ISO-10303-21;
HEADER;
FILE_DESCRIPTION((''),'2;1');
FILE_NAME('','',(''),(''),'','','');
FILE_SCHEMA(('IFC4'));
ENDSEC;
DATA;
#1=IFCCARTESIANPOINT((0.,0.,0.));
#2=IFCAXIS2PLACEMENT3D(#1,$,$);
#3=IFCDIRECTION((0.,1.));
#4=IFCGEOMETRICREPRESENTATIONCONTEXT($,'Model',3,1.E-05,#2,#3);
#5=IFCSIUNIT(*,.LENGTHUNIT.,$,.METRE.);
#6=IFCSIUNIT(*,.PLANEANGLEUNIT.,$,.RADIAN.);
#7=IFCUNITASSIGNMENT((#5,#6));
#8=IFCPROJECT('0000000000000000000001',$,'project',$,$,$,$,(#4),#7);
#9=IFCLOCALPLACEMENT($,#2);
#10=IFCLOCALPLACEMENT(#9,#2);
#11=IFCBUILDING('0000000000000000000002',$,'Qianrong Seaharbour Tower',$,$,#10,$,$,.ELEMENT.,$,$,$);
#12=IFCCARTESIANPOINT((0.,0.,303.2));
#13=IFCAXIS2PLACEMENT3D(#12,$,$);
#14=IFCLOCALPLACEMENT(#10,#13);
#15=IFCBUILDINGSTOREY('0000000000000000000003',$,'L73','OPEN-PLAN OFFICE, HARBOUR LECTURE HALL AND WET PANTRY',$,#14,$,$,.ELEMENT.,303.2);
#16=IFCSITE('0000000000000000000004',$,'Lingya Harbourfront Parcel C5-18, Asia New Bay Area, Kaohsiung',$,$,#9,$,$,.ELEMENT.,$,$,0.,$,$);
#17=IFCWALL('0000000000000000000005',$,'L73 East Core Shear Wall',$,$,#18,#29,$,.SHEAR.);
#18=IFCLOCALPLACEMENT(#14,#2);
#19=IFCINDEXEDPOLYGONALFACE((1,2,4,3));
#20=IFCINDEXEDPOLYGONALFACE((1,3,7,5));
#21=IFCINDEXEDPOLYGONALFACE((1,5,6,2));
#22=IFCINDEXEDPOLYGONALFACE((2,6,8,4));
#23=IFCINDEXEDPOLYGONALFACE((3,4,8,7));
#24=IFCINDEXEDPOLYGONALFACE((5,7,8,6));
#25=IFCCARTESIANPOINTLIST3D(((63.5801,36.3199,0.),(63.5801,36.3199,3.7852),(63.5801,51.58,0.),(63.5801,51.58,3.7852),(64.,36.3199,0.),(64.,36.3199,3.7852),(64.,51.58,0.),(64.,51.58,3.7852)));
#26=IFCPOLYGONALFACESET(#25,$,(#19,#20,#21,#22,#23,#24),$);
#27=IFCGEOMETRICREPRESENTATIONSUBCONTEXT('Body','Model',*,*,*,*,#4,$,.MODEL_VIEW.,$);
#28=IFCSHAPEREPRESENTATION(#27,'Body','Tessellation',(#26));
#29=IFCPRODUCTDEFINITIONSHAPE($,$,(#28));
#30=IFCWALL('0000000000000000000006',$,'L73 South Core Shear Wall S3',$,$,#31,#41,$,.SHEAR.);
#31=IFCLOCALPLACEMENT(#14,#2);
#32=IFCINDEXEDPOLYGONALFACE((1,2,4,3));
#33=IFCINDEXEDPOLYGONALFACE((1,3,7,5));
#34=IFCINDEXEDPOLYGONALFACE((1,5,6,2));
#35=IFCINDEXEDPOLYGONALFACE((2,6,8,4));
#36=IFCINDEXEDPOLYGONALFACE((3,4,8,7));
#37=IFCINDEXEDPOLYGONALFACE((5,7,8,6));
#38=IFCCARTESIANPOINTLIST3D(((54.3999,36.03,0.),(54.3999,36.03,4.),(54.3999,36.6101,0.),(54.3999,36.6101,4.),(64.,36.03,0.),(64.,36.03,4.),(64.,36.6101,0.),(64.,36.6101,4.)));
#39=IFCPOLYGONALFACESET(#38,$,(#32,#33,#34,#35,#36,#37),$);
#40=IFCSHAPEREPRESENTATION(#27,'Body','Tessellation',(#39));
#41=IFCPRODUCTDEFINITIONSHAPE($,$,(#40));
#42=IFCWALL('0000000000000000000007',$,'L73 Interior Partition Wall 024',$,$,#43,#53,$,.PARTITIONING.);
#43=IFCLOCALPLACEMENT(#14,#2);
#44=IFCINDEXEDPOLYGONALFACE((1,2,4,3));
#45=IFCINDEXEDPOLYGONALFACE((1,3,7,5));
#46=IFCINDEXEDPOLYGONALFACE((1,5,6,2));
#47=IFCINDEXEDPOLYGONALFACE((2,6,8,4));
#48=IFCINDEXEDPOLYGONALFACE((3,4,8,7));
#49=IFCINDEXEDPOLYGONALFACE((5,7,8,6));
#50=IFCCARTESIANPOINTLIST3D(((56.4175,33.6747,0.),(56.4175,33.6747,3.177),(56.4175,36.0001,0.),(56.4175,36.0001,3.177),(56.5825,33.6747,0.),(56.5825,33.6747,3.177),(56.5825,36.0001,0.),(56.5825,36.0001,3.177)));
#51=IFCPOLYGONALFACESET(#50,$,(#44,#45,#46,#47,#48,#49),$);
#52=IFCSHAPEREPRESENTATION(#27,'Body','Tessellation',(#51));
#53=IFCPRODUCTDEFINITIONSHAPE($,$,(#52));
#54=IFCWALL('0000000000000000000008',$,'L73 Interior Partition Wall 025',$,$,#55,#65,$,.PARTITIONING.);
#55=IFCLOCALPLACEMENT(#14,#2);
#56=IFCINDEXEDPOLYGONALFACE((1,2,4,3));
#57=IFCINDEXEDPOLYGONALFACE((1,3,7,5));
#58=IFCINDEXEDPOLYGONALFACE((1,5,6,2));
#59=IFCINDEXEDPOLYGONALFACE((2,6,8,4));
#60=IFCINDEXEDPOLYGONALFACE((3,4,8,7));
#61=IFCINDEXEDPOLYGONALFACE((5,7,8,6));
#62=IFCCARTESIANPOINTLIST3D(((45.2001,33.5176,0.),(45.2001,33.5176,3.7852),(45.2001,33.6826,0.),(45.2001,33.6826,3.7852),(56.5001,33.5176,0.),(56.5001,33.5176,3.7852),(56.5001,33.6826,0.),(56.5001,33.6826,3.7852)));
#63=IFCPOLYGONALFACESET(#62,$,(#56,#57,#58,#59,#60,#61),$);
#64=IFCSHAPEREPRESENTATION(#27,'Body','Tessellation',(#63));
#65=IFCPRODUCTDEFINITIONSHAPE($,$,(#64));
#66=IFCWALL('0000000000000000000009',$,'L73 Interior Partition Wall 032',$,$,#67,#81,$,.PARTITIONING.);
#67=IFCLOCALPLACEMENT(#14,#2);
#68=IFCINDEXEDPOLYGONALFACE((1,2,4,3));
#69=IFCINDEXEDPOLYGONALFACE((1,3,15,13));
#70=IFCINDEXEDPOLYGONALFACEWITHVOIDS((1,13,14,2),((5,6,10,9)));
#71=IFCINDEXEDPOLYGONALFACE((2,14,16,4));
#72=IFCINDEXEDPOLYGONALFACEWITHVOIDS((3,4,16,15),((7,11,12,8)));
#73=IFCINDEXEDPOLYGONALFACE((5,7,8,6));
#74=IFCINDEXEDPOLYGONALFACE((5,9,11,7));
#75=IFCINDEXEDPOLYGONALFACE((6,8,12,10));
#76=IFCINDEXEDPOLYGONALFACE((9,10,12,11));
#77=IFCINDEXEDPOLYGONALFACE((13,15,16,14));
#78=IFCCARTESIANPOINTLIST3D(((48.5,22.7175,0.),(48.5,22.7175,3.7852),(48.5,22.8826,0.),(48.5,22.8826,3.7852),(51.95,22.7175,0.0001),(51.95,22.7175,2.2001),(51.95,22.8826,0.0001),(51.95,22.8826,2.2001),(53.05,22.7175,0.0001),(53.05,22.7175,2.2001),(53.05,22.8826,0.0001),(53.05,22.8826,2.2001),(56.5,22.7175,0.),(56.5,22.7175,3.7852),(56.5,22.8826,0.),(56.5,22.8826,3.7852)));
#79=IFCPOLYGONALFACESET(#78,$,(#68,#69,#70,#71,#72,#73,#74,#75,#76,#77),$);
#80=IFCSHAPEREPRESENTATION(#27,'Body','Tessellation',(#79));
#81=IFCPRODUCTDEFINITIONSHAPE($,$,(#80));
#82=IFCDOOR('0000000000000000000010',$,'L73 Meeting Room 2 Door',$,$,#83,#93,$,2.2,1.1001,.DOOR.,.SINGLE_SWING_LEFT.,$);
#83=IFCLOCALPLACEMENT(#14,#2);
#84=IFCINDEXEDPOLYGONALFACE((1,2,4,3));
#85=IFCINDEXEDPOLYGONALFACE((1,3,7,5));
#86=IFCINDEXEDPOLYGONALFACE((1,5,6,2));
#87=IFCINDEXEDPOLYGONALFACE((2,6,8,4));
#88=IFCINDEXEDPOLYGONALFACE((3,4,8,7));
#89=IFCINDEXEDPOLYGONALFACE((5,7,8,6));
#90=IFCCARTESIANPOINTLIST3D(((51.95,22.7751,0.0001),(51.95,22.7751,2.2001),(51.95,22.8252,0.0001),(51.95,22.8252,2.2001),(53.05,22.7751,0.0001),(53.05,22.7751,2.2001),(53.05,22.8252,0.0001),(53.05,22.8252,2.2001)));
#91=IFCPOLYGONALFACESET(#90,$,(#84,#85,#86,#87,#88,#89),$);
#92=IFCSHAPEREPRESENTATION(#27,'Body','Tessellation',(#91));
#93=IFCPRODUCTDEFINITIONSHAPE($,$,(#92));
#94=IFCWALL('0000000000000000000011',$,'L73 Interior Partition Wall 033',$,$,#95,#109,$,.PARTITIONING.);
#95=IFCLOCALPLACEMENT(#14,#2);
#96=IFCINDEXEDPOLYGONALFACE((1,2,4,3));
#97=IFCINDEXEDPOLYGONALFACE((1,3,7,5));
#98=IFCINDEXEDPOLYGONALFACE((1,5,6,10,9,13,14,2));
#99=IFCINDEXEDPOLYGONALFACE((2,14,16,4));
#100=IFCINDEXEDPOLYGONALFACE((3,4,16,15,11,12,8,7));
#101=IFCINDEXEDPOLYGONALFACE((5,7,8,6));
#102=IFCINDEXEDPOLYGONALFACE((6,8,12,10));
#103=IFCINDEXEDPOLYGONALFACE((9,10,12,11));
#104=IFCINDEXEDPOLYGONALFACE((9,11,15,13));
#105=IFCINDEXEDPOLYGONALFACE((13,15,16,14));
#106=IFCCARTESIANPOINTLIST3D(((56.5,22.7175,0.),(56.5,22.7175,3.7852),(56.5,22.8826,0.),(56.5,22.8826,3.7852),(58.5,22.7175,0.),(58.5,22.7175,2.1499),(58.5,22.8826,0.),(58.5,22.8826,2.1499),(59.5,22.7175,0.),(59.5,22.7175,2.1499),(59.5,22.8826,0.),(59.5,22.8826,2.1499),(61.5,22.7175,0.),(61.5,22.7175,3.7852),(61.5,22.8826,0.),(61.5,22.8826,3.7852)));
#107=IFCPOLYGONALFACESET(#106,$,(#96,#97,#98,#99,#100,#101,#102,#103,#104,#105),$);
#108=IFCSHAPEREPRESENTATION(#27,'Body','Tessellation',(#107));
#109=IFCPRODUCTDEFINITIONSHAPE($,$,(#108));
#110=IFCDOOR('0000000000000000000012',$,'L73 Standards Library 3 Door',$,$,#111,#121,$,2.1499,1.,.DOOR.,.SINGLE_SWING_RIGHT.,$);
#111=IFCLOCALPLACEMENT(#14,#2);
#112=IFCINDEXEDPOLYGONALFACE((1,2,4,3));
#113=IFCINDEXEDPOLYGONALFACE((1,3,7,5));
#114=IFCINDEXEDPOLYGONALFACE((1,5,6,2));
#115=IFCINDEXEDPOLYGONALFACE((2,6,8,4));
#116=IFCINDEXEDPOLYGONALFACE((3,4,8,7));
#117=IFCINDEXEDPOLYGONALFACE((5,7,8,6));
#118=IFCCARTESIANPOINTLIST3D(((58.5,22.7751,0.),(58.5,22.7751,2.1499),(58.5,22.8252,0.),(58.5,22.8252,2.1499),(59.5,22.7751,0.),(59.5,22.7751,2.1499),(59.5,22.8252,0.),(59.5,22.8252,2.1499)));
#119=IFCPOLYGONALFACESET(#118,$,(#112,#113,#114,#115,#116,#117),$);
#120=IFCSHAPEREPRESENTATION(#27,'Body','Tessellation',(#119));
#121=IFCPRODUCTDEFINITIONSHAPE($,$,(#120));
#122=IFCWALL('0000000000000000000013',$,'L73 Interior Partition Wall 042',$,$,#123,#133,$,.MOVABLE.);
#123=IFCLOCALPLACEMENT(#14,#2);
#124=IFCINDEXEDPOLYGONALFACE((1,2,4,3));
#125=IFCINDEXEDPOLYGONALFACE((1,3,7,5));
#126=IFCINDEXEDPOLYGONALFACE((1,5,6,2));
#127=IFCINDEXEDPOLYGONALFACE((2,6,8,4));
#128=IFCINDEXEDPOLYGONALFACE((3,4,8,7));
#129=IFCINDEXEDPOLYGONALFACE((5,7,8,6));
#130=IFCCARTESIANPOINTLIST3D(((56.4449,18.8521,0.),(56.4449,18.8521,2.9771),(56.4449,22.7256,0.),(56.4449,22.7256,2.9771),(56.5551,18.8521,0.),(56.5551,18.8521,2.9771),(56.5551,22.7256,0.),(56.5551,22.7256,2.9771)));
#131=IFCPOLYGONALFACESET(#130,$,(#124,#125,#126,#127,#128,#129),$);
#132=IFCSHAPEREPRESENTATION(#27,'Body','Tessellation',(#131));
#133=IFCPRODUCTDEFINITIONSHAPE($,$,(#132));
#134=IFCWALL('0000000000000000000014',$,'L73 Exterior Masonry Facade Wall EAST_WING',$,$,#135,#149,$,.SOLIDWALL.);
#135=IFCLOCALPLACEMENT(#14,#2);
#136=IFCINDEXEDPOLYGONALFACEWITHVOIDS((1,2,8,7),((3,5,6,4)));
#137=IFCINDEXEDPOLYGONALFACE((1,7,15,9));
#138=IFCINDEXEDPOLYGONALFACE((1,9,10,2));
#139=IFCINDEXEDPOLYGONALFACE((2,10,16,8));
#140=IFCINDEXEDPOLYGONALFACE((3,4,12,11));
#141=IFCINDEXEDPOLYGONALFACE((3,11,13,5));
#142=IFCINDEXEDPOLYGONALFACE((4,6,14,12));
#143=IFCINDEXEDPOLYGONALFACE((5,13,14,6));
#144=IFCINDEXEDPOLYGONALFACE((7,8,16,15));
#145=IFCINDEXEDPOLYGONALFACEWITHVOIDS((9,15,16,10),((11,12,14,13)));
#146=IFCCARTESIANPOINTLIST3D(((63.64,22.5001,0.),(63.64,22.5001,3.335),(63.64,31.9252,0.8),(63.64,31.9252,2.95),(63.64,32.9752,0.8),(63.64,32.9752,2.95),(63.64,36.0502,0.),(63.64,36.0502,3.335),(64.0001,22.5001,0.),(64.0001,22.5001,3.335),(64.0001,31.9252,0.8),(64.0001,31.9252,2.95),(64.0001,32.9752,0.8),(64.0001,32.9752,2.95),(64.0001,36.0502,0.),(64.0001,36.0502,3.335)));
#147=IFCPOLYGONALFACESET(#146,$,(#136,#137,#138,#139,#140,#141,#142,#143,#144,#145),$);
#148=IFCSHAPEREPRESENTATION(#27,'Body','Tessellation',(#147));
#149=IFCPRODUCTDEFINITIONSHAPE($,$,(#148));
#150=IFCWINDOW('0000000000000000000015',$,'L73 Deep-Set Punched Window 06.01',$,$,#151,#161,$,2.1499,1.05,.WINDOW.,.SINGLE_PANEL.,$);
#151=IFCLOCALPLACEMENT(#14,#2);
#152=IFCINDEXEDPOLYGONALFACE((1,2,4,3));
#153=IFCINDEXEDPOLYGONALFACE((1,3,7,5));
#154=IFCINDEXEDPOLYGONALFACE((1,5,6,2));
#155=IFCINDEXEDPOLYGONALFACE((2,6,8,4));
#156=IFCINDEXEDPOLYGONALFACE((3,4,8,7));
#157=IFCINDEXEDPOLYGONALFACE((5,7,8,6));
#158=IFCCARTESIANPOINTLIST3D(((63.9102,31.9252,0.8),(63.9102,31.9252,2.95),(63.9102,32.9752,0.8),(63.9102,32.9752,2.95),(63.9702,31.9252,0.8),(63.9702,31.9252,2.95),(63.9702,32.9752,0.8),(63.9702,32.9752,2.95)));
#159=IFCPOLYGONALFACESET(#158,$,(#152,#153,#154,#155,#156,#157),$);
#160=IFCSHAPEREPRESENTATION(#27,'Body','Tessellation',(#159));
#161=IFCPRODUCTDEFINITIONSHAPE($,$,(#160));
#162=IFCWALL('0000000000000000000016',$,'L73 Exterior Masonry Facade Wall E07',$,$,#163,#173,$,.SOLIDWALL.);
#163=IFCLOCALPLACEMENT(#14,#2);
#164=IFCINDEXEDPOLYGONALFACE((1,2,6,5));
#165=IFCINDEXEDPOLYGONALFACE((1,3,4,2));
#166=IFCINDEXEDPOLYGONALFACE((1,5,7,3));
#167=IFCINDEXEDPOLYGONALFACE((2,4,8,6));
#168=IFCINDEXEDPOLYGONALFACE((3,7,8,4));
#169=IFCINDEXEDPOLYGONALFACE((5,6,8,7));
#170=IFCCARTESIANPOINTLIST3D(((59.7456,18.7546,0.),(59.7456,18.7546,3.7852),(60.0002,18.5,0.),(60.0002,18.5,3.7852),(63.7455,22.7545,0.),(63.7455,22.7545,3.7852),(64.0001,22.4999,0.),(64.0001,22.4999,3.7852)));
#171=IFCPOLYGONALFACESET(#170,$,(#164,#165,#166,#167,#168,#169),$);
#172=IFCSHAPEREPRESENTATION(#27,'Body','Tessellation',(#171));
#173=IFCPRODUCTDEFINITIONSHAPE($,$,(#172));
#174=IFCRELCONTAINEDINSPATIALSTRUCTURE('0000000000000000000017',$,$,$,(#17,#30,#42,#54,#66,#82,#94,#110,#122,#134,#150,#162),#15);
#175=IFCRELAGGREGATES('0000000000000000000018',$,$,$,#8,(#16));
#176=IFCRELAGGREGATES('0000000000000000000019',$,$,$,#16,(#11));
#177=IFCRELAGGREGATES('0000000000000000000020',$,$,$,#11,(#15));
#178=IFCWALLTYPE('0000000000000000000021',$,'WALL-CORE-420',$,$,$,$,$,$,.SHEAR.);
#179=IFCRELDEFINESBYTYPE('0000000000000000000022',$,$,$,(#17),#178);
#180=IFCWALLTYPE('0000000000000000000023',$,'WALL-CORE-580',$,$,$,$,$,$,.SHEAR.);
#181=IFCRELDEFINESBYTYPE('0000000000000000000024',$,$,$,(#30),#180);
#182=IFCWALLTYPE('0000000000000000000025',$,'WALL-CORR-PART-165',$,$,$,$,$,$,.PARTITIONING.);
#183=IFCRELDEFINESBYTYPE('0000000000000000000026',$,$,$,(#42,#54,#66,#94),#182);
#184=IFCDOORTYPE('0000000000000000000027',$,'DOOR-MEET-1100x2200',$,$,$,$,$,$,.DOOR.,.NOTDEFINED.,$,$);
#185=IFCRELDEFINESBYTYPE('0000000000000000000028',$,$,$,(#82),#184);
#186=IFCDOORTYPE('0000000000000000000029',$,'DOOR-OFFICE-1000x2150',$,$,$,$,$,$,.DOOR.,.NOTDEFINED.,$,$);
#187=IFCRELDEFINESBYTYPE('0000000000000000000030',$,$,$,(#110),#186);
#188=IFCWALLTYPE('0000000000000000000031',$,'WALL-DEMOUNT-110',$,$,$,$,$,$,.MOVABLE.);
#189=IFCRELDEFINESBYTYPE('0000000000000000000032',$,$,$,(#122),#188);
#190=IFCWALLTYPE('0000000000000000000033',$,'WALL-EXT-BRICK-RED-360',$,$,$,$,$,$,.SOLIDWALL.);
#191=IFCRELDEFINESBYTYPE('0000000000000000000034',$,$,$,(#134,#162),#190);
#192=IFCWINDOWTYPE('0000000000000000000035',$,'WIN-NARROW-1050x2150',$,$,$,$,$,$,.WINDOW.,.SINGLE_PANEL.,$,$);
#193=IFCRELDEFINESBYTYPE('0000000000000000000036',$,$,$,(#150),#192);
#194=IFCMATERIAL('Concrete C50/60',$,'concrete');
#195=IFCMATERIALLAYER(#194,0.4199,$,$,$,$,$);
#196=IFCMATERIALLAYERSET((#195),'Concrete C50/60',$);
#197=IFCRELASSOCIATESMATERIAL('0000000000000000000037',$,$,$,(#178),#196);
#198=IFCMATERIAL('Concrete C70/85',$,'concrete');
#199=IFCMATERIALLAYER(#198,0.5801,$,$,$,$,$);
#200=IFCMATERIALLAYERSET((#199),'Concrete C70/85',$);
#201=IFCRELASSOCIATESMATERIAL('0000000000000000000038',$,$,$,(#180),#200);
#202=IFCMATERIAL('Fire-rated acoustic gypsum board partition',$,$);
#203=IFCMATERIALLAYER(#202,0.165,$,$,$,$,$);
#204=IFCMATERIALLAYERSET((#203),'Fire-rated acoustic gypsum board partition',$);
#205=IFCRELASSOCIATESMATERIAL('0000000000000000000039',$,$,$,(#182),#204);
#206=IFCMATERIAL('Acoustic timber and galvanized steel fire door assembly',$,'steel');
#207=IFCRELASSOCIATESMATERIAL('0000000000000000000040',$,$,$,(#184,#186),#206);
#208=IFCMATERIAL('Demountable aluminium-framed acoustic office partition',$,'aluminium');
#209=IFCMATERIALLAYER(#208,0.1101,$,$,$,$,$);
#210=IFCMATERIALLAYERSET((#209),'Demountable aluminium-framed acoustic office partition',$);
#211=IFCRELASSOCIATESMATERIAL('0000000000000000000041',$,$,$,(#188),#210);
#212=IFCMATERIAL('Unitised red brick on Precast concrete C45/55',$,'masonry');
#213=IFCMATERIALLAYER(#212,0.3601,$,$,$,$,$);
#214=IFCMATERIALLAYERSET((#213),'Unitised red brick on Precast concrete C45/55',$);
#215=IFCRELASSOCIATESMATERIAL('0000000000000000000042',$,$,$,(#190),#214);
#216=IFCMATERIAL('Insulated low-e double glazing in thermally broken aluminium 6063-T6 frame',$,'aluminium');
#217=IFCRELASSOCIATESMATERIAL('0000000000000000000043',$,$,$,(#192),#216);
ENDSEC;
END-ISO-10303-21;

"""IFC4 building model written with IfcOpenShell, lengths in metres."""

from ifc_helpers import new_model, si_unit, direction, frame, frame_2d, origin, place, context, subcontext, project, spatial, rectangle, extrude, material, layer, layer_set, type_object, element, fill, save


model = new_model("IFC4")

# Units and contexts
model_context = context("Model", 3, precision=1e-05, world=origin(), true_north=direction((0.0, 1.0)))
body_context = subcontext(model_context, "Body", "Model", "MODEL_VIEW")
ifc_project = project(units=[si_unit("LENGTHUNIT", "METRE"), si_unit("PLANEANGLEUNIT", "RADIAN")], contexts=[model_context])

# Site, building, storey
site_placement = place(None, origin())
site = spatial("IfcSite", under=ifc_project, at=site_placement, Name="Lingya Harbourfront Parcel C5-18, Asia New Bay Area, Kaohsiung", CompositionType="ELEMENT", RefElevation=0.0)
building_placement = place(site_placement, origin())
building = spatial("IfcBuilding", under=site, at=building_placement, Name="Qianrong Seaharbour Tower", CompositionType="ELEMENT")
storey_placement = place(building_placement, frame((0.0, 0.0, 303.2)))
storey = spatial("IfcBuildingStorey", under=building, at=storey_placement, Name="L73", Description="OPEN-PLAN OFFICE, HARBOUR LECTURE HALL AND WET PANTRY", CompositionType="ELEMENT", Elevation=303.2)

# Shared definitions
ifc_material_1 = material(Name="Concrete C50/60", Category="concrete")

# Walls
ifc_layer_1 = layer(ifc_material_1, 0.4199)
ifc_layer_set_1 = layer_set([ifc_layer_1], Name="Concrete C50/60")
wall_type_1 = type_object("IfcWallType", Name="WALL-CORE-420", PredefinedType="SHEAR", material=ifc_layer_set_1)
wall_1_placement = place(storey_placement, frame((63.79, 36.3201, 0.0), z_axis=(0.0, 0.0, 1.0), x_axis=(0.0, 1.0, 0.0)))
element("IfcWall", 1, at=wall_1_placement, inside=storey, type_object=wall_type_1, Name="L73 East Core Shear Wall", PredefinedType="SHEAR", context=body_context, shape_type="SweptSolid", body=[
    extrude(rectangle(XDim=15.26, YDim=0.4199, at=frame_2d((7.6299, 0.0))), origin(), (0.0, 0.0, 1.0), 3.7852),
])
ifc_material_2 = material(Name="Concrete C70/85", Category="concrete")
ifc_layer_2 = layer(ifc_material_2, 0.5801)
ifc_layer_set_2 = layer_set([ifc_layer_2], Name="Concrete C70/85")
wall_type_2 = type_object("IfcWallType", Name="WALL-CORE-580", PredefinedType="SHEAR", material=ifc_layer_set_2)
wall_2_placement = place(storey_placement, frame((54.3999, 36.3201, 0.0), z_axis=(0.0, 0.0, 1.0), x_axis=(1.0, 0.0, 0.0)))
element("IfcWall", 2, at=wall_2_placement, inside=storey, type_object=wall_type_2, Name="L73 South Core Shear Wall S3", PredefinedType="SHEAR", context=body_context, shape_type="SweptSolid", body=[
    extrude(rectangle(XDim=9.6001, YDim=0.5801, at=frame_2d((4.8, 0.0))), origin(), (0.0, 0.0, 1.0), 4.0),
])
ifc_material_3 = material(Name="Fire-rated acoustic gypsum board partition")
ifc_layer_3 = layer(ifc_material_3, 0.165)
ifc_layer_set_3 = layer_set([ifc_layer_3], Name="Fire-rated acoustic gypsum board partition")
wall_type_3 = type_object("IfcWallType", Name="WALL-CORR-PART-165", PredefinedType="PARTITIONING", material=ifc_layer_set_3)
wall_3_placement = place(storey_placement, frame((56.5, 36.0, 0.0), z_axis=(0.0, 0.0, 1.0), x_axis=(0.0, -1.0, 0.0)))
element("IfcWall", 3, at=wall_3_placement, inside=storey, type_object=wall_type_3, Name="L73 Interior Partition Wall 024", PredefinedType="PARTITIONING", context=body_context, shape_type="SweptSolid", body=[
    extrude(rectangle(XDim=2.3254, YDim=0.165, at=frame_2d((1.1626, 0.0))), origin(), (0.0, 0.0, 1.0), 3.177),
])
wall_4_placement = place(storey_placement, frame((56.5, 33.6001, 0.0), z_axis=(0.0, 0.0, 1.0), x_axis=(-1.0, 0.0, 0.0)))
element("IfcWall", 4, at=wall_4_placement, inside=storey, type_object=wall_type_3, Name="L73 Interior Partition Wall 025", PredefinedType="PARTITIONING", context=body_context, shape_type="SweptSolid", body=[
    extrude(rectangle(XDim=11.3, YDim=0.165, at=frame_2d((5.6499, 0.0))), origin(), (0.0, 0.0, 1.0), 3.7852),
])

# Walls, openings, doors
wall_5_placement = place(storey_placement, frame((56.5, 22.8, 0.0), z_axis=(0.0, 0.0, 1.0), x_axis=(-1.0, 0.0, 0.0)))
wall_5 = element("IfcWall", 5, at=wall_5_placement, inside=storey, type_object=wall_type_3, Name="L73 Interior Partition Wall 032", PredefinedType="PARTITIONING", context=body_context, shape_type="SweptSolid", body=[
    extrude(rectangle(XDim=8.0, YDim=0.165, at=frame_2d((4.0, 0.0))), origin(), (0.0, 0.0, 1.0), 3.7852),
])
opening_1_placement = place(wall_5_placement, frame((3.45, 0.0, 0.0)))
opening_1 = element("IfcOpeningElement", 6, at=opening_1_placement, cuts=wall_5, PredefinedType="OPENING", context=body_context, shape_type="SweptSolid", body=[
    extrude(rectangle(XDim=1.1001, YDim=2.2, at=frame_2d((0.55, 1.1001))), frame((0.0, 0.0925, 0.0), z_axis=(0.0, -1.0, 0.0), x_axis=(1.0, 0.0, 0.0)), (0.0, 0.0, 1.0), 0.1851),
])
ifc_material_4 = material(Name="Acoustic timber and galvanized steel fire door assembly", Category="steel")
door_type_1 = type_object("IfcDoorType", Name="DOOR-MEET-1100x2200", OperationType="NOTDEFINED", PredefinedType="DOOR", material=ifc_material_4)
door_1_placement = place(opening_1_placement, origin())
door_1 = element("IfcDoor", 7, at=door_1_placement, inside=storey, type_object=door_type_1, Name="L73 Meeting Room 2 Door", OperationType="SINGLE_SWING_LEFT", OverallHeight=2.2, OverallWidth=1.1001, PredefinedType="DOOR", context=body_context, shape_type="SweptSolid", body=[
    extrude(rectangle(XDim=1.1001, YDim=2.2, at=frame_2d((0.55, 1.1001))), frame((0.0, 0.0249, 0.0), z_axis=(0.0, -1.0, 0.0), x_axis=(1.0, 0.0, 0.0)), (0.0, 0.0, 1.0), 0.05),
])
fill(opening_1, door_1)
wall_6_placement = place(storey_placement, frame((61.5, 22.8, 0.0), z_axis=(0.0, 0.0, 1.0), x_axis=(-1.0, 0.0, 0.0)))
wall_6 = element("IfcWall", 8, at=wall_6_placement, inside=storey, type_object=wall_type_3, Name="L73 Interior Partition Wall 033", PredefinedType="PARTITIONING", context=body_context, shape_type="SweptSolid", body=[
    extrude(rectangle(XDim=5.0, YDim=0.165, at=frame_2d((2.5, 0.0))), origin(), (0.0, 0.0, 1.0), 3.7852),
])
opening_2_placement = place(wall_6_placement, frame((2.0, 0.0, 0.0)))
opening_2 = element("IfcOpeningElement", 9, at=opening_2_placement, cuts=wall_6, PredefinedType="OPENING", context=body_context, shape_type="SweptSolid", body=[
    extrude(rectangle(XDim=1.0, YDim=2.1499, at=frame_2d((0.5, 1.075))), frame((0.0, 0.0925, 0.0), z_axis=(0.0, -1.0, 0.0), x_axis=(1.0, 0.0, 0.0)), (0.0, 0.0, 1.0), 0.1851),
])
door_type_2 = type_object("IfcDoorType", Name="DOOR-OFFICE-1000x2150", OperationType="NOTDEFINED", PredefinedType="DOOR", material=ifc_material_4)
door_2_placement = place(opening_2_placement, origin())
door_2 = element("IfcDoor", 10, at=door_2_placement, inside=storey, type_object=door_type_2, Name="L73 Standards Library 3 Door", OperationType="SINGLE_SWING_RIGHT", OverallHeight=2.1499, OverallWidth=1.0, PredefinedType="DOOR", context=body_context, shape_type="SweptSolid", body=[
    extrude(rectangle(XDim=1.0, YDim=2.1499, at=frame_2d((0.5, 1.075))), frame((0.0, 0.0249, 0.0), z_axis=(0.0, -1.0, 0.0), x_axis=(1.0, 0.0, 0.0)), (0.0, 0.0, 1.0), 0.05),
])
fill(opening_2, door_2)

# Wall
ifc_material_5 = material(Name="Demountable aluminium-framed acoustic office partition", Category="aluminium")
ifc_layer_4 = layer(ifc_material_5, 0.1101)
ifc_layer_set_4 = layer_set([ifc_layer_4], Name="Demountable aluminium-framed acoustic office partition")
wall_type_4 = type_object("IfcWallType", Name="WALL-DEMOUNT-110", PredefinedType="MOVABLE", material=ifc_layer_set_4)
wall_7_placement = place(storey_placement, frame((56.5, 22.7256, 0.0), z_axis=(0.0, 0.0, 1.0), x_axis=(0.0, -1.0, 0.0)))
element("IfcWall", 11, at=wall_7_placement, inside=storey, type_object=wall_type_4, Name="L73 Interior Partition Wall 042", PredefinedType="MOVABLE", context=body_context, shape_type="SweptSolid", body=[
    extrude(rectangle(XDim=3.8735, YDim=0.1101, at=frame_2d((1.9368, 0.0))), origin(), (0.0, 0.0, 1.0), 2.9771),
])

# Wall, opening, window
ifc_material_6 = material(Name="Unitised red brick on Precast concrete C45/55", Category="masonry")
ifc_layer_5 = layer(ifc_material_6, 0.3601)
ifc_layer_set_5 = layer_set([ifc_layer_5], Name="Unitised red brick on Precast concrete C45/55")
wall_type_5 = type_object("IfcWallType", Name="WALL-EXT-BRICK-RED-360", PredefinedType="SOLIDWALL", material=ifc_layer_set_5)
wall_8_placement = place(storey_placement, frame((63.8201, 36.05, 0.0), z_axis=(0.0, 0.0, 1.0), x_axis=(0.0, -1.0, 0.0)))
wall_8 = element("IfcWall", 12, at=wall_8_placement, inside=storey, type_object=wall_type_5, Name="L73 Exterior Masonry Facade Wall EAST_WING", PredefinedType="SOLIDWALL", context=body_context, shape_type="SweptSolid", body=[
    extrude(rectangle(XDim=13.55, YDim=0.3601, at=frame_2d((6.7749, 0.0))), origin(), (0.0, 0.0, 1.0), 3.335),
])
opening_3_placement = place(wall_8_placement, frame((3.075, 0.0, 0.8)))
opening_3 = element("IfcOpeningElement", 13, at=opening_3_placement, cuts=wall_8, PredefinedType="OPENING", context=body_context, shape_type="SweptSolid", body=[
    extrude(rectangle(XDim=1.05, YDim=2.1499, at=frame_2d((0.5249, 1.075))), frame((0.0, 0.1899, 0.0), z_axis=(0.0, -1.0, 0.0), x_axis=(1.0, 0.0, 0.0)), (0.0, 0.0, 1.0), 0.3801),
])
ifc_material_7 = material(Name="Insulated low-e double glazing in thermally broken aluminium 6063-T6 frame", Category="aluminium")
window_type = type_object("IfcWindowType", Name="WIN-NARROW-1050x2150", PartitioningType="SINGLE_PANEL", PredefinedType="WINDOW", material=ifc_material_7)
window_1_placement = place(opening_3_placement, origin())
window_1 = element("IfcWindow", 14, at=window_1_placement, inside=storey, type_object=window_type, Name="L73 Deep-Set Punched Window 06.01", OverallHeight=2.1499, OverallWidth=1.05, PartitioningType="SINGLE_PANEL", PredefinedType="WINDOW", context=body_context, shape_type="SweptSolid", body=[
    extrude(rectangle(XDim=1.05, YDim=2.1499, at=frame_2d((0.5249, 1.075))), frame((0.0, 0.1501, 0.0), z_axis=(0.0, -1.0, 0.0), x_axis=(1.0, 0.0, 0.0)), (0.0, 0.0, 1.0), 0.0601),
])
fill(opening_3, window_1)

# Wall
wall_9_placement = place(storey_placement, frame((63.8728, 22.6272, 0.0), z_axis=(0.0, 0.0, 1.0), x_axis=(-0.707107, -0.707107, 0.0)))
element("IfcWall", 15, at=wall_9_placement, inside=storey, type_object=wall_type_5, Name="L73 Exterior Masonry Facade Wall E07", PredefinedType="SOLIDWALL", context=body_context, shape_type="SweptSolid", body=[
    extrude(rectangle(XDim=5.6567, YDim=0.3601, at=frame_2d((2.8284, 0.0))), origin(), (0.0, 0.0, 1.0), 3.7852),
])

save(model, "model.ifc")
